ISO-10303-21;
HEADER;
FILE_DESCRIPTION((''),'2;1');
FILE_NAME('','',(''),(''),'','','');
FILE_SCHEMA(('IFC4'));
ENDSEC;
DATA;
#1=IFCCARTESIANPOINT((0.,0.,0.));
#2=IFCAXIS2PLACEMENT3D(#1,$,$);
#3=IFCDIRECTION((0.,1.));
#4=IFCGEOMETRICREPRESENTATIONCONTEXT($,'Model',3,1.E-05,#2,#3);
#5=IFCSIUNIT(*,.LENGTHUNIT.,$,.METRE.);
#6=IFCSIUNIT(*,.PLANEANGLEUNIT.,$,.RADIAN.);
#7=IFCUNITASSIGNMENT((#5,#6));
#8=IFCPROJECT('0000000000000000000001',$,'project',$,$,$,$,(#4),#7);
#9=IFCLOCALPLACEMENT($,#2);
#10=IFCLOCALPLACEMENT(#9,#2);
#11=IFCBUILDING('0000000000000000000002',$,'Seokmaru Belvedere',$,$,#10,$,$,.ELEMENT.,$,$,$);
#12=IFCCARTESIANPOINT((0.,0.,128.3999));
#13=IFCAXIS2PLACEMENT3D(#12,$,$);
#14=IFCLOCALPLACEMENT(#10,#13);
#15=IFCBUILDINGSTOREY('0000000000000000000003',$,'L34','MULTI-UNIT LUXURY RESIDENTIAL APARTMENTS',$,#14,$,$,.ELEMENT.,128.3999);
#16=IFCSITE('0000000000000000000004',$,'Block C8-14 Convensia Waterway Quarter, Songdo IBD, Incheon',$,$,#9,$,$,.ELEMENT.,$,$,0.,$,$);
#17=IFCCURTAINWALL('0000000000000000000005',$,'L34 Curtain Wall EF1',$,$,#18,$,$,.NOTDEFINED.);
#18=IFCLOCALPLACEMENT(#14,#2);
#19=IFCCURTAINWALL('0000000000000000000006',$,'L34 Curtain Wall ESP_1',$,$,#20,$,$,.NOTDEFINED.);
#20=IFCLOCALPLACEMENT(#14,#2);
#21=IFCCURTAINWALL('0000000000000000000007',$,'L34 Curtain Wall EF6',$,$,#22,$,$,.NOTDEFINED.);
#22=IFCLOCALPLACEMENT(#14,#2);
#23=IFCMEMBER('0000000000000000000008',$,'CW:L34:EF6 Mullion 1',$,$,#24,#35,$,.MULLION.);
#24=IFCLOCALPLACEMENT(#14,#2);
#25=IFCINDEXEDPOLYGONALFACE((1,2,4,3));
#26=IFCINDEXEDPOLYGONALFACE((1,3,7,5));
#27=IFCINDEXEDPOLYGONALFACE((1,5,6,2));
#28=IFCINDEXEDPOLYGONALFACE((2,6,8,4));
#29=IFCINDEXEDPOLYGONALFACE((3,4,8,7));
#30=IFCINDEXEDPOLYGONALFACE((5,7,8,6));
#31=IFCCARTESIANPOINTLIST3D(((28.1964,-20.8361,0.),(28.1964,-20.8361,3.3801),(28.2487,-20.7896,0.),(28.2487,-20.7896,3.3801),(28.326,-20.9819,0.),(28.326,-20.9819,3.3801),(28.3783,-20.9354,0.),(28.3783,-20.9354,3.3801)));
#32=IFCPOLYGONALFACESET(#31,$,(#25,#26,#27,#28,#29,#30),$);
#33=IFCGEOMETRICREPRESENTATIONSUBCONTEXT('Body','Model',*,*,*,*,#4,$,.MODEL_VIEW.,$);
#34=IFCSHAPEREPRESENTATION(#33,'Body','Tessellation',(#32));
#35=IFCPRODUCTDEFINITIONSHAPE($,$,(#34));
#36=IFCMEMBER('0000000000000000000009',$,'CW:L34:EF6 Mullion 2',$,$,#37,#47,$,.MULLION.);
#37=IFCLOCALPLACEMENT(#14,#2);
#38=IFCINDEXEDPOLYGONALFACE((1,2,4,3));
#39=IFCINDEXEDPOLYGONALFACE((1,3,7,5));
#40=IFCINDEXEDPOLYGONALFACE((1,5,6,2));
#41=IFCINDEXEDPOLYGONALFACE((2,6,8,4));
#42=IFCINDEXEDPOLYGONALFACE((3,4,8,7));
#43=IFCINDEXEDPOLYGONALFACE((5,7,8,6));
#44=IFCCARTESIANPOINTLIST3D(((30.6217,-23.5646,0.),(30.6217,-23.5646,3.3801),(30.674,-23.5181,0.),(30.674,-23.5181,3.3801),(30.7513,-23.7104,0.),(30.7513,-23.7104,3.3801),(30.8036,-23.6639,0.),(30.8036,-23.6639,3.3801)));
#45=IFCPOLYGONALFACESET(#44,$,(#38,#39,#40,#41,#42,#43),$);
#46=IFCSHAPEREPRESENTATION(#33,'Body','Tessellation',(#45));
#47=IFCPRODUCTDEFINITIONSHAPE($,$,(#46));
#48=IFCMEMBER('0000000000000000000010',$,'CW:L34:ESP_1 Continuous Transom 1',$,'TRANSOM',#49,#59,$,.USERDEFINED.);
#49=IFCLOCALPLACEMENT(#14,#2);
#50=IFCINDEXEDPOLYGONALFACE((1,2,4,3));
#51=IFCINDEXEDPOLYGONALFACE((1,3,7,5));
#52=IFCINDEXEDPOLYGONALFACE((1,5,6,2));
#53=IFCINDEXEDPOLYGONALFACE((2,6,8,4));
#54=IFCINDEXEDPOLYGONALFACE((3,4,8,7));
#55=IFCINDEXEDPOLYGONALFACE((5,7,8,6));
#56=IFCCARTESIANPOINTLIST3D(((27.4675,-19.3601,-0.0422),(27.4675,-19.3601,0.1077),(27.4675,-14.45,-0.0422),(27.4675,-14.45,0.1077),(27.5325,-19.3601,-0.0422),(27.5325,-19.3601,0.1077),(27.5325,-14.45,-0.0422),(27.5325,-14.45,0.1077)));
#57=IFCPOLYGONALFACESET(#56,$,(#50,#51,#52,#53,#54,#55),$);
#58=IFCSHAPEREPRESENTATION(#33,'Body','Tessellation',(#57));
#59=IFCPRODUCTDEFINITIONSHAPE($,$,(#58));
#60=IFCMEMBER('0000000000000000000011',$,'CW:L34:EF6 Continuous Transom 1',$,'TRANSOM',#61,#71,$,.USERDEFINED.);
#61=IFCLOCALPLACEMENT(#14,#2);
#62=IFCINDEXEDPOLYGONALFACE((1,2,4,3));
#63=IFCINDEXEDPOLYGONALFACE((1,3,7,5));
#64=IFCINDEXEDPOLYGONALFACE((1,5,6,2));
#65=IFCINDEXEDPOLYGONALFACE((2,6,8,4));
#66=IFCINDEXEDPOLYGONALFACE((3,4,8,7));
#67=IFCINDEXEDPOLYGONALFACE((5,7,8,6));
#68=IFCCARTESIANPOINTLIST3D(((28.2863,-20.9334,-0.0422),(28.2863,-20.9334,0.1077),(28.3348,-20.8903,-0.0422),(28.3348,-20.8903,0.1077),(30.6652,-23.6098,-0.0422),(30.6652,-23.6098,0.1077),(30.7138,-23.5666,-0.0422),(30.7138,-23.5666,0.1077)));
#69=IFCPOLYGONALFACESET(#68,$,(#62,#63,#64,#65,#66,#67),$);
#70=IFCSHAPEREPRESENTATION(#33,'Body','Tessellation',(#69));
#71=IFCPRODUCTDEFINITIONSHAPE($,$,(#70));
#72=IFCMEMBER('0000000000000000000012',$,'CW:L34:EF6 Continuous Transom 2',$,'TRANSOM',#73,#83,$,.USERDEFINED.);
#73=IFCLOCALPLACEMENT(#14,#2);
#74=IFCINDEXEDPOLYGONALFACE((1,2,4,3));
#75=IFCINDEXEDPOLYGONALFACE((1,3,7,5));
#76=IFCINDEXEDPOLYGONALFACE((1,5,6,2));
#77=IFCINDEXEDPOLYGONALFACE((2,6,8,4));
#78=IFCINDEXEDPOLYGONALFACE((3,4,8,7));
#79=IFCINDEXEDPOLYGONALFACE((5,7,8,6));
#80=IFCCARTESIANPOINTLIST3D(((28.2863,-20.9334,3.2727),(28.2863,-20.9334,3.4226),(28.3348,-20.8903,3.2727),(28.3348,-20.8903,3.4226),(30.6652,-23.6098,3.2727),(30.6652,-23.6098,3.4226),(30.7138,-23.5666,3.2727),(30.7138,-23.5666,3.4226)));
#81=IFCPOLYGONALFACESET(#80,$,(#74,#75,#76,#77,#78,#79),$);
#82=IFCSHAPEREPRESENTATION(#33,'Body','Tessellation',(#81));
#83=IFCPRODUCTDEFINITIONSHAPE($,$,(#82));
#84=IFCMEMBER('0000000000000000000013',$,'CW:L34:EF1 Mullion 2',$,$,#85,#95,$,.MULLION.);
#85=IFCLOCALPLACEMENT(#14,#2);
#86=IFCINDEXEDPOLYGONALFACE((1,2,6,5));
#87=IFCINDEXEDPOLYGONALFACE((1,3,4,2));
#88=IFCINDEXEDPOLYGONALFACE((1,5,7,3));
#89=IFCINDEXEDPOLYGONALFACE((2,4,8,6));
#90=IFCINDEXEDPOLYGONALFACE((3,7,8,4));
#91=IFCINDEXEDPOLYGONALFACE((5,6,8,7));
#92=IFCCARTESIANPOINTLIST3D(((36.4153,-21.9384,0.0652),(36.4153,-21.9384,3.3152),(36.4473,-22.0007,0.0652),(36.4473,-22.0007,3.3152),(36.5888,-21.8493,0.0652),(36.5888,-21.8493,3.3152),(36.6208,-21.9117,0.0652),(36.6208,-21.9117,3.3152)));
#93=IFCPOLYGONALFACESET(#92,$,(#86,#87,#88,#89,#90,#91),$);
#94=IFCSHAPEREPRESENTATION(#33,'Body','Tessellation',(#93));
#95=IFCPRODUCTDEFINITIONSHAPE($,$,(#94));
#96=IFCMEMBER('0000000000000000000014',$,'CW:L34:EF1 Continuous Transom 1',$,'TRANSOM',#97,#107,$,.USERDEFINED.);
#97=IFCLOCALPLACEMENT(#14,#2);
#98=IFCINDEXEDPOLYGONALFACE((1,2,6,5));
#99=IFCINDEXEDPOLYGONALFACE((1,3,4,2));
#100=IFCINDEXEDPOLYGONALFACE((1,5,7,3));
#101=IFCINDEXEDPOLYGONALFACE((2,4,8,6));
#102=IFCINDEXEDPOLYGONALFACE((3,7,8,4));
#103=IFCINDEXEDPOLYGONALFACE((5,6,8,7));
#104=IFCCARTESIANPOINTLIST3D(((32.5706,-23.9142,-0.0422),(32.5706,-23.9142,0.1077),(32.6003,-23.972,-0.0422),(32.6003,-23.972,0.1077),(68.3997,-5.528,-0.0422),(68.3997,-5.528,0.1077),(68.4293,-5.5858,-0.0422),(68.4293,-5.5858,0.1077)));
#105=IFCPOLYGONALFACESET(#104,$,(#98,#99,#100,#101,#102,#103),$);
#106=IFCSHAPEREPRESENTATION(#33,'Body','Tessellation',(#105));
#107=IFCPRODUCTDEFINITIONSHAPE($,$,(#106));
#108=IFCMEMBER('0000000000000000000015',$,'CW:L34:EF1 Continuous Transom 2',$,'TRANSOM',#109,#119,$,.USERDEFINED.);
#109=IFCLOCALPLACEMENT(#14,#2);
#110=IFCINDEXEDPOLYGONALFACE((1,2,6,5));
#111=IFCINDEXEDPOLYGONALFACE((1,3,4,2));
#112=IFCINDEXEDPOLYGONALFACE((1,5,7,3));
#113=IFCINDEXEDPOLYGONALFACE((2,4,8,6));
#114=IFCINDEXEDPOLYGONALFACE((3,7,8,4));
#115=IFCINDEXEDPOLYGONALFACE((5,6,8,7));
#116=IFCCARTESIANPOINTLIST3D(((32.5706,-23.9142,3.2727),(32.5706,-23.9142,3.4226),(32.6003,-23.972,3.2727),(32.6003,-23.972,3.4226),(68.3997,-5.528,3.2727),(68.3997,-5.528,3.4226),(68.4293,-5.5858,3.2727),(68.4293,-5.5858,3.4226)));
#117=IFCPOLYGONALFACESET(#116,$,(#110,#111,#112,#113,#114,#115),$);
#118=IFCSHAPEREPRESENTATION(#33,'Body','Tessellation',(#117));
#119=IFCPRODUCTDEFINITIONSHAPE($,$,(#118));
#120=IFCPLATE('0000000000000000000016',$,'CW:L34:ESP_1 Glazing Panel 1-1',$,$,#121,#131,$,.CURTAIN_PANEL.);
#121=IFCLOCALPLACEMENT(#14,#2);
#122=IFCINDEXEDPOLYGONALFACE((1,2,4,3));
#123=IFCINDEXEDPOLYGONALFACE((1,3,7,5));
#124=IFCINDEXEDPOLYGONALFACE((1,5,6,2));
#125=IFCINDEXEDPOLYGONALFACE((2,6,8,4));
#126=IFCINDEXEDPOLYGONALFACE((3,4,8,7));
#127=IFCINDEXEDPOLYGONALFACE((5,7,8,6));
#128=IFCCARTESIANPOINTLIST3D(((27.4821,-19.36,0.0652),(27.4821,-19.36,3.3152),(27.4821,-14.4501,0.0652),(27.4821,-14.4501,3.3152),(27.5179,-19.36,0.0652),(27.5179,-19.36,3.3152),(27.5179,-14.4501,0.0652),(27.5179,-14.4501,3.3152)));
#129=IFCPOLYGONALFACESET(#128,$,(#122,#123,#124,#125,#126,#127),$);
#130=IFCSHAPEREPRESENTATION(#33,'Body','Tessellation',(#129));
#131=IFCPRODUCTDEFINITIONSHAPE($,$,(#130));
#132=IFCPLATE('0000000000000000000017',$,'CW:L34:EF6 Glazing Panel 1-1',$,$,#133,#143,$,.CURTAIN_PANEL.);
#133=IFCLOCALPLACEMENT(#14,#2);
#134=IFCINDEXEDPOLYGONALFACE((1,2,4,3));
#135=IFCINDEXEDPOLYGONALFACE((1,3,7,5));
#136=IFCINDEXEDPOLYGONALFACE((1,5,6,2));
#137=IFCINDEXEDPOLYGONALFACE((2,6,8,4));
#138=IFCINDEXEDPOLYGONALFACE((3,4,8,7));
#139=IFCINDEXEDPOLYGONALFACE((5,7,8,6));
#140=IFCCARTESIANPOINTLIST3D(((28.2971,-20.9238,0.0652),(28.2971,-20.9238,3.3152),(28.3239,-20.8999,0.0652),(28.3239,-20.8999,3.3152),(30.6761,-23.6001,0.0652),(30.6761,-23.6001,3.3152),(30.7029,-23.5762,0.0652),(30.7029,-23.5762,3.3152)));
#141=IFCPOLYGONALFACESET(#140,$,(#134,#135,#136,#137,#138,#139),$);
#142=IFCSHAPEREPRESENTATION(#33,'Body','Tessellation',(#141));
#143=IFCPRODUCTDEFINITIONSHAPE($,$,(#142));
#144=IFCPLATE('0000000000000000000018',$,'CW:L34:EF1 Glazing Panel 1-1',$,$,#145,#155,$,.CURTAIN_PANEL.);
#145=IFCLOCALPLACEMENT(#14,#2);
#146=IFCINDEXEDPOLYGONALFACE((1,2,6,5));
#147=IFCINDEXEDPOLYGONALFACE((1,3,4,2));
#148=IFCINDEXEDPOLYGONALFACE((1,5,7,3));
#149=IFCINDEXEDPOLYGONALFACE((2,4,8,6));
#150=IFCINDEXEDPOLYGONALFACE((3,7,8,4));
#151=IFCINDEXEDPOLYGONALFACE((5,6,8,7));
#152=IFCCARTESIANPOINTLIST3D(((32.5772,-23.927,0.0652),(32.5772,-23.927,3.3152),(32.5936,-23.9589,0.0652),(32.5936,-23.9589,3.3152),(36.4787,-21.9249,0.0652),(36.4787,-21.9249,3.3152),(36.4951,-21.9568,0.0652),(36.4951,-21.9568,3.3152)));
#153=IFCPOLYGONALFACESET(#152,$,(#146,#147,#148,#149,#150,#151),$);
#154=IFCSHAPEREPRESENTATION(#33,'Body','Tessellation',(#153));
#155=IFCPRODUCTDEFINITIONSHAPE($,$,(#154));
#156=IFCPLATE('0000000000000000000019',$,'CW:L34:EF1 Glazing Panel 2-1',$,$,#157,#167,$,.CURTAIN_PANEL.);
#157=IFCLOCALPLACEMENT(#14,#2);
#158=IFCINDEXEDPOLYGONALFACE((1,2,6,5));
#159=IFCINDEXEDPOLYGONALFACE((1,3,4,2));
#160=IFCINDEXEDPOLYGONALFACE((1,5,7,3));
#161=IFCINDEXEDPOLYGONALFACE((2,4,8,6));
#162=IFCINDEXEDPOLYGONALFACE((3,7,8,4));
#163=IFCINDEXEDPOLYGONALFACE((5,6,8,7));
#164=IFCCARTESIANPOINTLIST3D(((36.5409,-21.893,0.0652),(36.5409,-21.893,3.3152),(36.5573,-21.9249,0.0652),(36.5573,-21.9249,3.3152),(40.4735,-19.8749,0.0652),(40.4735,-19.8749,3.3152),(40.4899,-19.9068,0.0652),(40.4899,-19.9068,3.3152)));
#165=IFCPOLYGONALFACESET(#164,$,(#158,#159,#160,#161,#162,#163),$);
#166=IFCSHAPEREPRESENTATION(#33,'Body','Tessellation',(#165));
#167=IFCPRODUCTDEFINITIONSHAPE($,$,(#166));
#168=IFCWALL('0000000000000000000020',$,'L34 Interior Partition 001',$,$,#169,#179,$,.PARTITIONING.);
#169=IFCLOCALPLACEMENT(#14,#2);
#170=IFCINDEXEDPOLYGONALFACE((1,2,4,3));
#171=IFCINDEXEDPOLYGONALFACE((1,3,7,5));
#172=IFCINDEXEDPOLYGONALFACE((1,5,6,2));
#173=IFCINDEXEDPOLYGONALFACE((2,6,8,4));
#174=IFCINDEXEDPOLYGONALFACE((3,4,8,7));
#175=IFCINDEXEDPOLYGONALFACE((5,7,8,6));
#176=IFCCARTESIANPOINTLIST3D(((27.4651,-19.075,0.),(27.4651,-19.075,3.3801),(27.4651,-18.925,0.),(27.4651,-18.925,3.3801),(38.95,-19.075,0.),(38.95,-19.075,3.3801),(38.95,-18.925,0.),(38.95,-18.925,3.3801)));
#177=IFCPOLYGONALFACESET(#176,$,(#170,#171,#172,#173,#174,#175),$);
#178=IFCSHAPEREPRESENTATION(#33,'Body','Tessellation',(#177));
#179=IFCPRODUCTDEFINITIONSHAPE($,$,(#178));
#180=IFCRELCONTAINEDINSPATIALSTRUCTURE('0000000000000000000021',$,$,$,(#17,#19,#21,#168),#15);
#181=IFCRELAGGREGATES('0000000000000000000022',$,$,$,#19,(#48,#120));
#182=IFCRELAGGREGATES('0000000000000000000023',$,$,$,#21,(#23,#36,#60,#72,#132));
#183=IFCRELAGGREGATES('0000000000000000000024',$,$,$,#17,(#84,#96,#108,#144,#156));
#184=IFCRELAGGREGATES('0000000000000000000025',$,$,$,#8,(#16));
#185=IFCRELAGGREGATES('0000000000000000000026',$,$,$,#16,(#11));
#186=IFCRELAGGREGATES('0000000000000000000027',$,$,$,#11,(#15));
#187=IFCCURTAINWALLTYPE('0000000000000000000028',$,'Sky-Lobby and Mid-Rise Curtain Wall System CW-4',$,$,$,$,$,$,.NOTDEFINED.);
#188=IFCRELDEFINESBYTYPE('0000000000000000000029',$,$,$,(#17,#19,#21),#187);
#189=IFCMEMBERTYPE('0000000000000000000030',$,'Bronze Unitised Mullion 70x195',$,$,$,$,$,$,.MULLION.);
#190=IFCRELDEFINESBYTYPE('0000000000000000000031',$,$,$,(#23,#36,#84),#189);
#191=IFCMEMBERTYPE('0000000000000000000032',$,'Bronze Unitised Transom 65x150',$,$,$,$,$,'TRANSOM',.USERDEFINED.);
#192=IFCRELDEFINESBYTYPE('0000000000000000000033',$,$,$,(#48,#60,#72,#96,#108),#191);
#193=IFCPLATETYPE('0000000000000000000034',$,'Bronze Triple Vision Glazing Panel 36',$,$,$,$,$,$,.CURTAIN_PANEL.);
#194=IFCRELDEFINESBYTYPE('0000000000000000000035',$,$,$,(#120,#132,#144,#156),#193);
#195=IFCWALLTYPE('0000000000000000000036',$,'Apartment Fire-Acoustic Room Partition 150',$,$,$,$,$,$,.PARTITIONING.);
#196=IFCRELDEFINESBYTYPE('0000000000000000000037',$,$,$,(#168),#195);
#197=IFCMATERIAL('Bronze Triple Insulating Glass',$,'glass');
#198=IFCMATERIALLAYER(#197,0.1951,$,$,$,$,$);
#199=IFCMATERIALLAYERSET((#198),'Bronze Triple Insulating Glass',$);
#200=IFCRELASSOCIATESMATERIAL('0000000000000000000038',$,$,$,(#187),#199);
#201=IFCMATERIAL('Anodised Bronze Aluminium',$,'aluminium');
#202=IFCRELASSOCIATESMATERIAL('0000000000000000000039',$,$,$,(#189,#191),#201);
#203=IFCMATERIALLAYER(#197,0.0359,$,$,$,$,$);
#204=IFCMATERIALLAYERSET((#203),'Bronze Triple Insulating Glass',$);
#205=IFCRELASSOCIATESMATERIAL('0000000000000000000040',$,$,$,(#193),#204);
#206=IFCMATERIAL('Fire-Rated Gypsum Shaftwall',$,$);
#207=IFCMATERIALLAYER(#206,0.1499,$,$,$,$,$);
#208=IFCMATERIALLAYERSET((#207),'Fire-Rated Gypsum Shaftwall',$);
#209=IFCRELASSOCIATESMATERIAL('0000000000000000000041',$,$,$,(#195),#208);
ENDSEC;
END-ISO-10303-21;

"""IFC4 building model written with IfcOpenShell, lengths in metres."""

from ifc_helpers import new_model, si_unit, direction, frame, frame_2d, origin, origin_2d, place, context, subcontext, project, spatial, rectangle, extrude, source, transform, mapped, material, layer, layer_set, material_profile, profile_set, type_object, type_shapes, element, aggregate, save


model = new_model("IFC4")

# Units and contexts
model_context = context("Model", 3, precision=1e-05, world=origin(), true_north=direction((0.0, 1.0)))
body_context = subcontext(model_context, "Body", "Model", "MODEL_VIEW")
ifc_project = project(units=[si_unit("LENGTHUNIT", "METRE"), si_unit("PLANEANGLEUNIT", "RADIAN")], contexts=[model_context])

# Site, building, storey
site_placement = place(None, origin())
site = spatial("IfcSite", under=ifc_project, at=site_placement, Name="Block C8-14 Convensia Waterway Quarter, Songdo IBD, Incheon", CompositionType="ELEMENT", RefElevation=0.0)
building_placement = place(site_placement, origin())
building = spatial("IfcBuilding", under=site, at=building_placement, Name="Seokmaru Belvedere", CompositionType="ELEMENT")
storey_placement = place(building_placement, frame((0.0, 0.0, 128.3999)))
storey = spatial("IfcBuildingStorey", under=building, at=storey_placement, Name="L34", Description="MULTI-UNIT LUXURY RESIDENTIAL APARTMENTS", CompositionType="ELEMENT", Elevation=128.3999)

# Curtain walls
ifc_material_1 = material(Name="Bronze Triple Insulating Glass", Category="glass")
ifc_layer_1 = layer(ifc_material_1, 0.1951)
ifc_layer_set_1 = layer_set([ifc_layer_1], Name="Bronze Triple Insulating Glass")
curtain_wall_type = type_object("IfcCurtainWallType", Name="Sky-Lobby and Mid-Rise Curtain Wall System CW-4", PredefinedType="NOTDEFINED", material=ifc_layer_set_1)
curtain_wall_1_placement = place(storey_placement, origin())
curtain_wall_1 = element("IfcCurtainWall", 1, at=curtain_wall_1_placement, inside=storey, type_object=curtain_wall_type, Name="L34 Curtain Wall EF1", PredefinedType="NOTDEFINED")
ifc_material_2 = material(Name="Anodised Bronze Aluminium", Category="aluminium")
ifc_material_profile_1 = material_profile(ifc_material_2, rectangle(XDim=0.0701, YDim=0.1951, at=origin_2d()), Name="CW-M-70x195")
ifc_profile_set_1 = profile_set([ifc_material_profile_1], Name="Anodised Bronze Aluminium")
member_type_1 = type_object("IfcMemberType", Name="Bronze Unitised Mullion 70x195", PredefinedType="MULLION", material=ifc_profile_set_1)
shared_shape_1 = source(origin(), body_context, "Body", "SweptSolid", [
    extrude(rectangle(XDim=0.0701, YDim=0.1951, at=origin_2d()), origin(), (0.0, 0.0, 1.0), 3.3801),
])
curtain_wall_2_placement = place(storey_placement, origin())
curtain_wall_2 = element("IfcCurtainWall", 2, at=curtain_wall_2_placement, inside=storey, type_object=curtain_wall_type, Name="L34 Curtain Wall ESP_1", PredefinedType="NOTDEFINED")

# Curtain wall, members
curtain_wall_3_placement = place(storey_placement, origin())
curtain_wall_3 = element("IfcCurtainWall", 3, at=curtain_wall_3_placement, inside=storey, type_object=curtain_wall_type, Name="L34 Curtain Wall EF6", PredefinedType="NOTDEFINED")
member_1_placement = place(storey_placement, frame((28.2874, -20.8857, 0.0), z_axis=(0.0, 0.0, 1.0), x_axis=(0.74741, 0.664363, 0.0)))
member_1 = element("IfcMember", 4, at=member_1_placement, type_object=member_type_1, Name="CW:L34:EF6 Mullion 1", PredefinedType="MULLION", context=body_context, shape_type="MappedRepresentation", body=[
    mapped(shared_shape_1, transform((0.0, 0.0, 0.0), scale=1.0)),
])
member_2_placement = place(storey_placement, frame((30.7126, -23.6143, 0.0), z_axis=(0.0, 0.0, 1.0), x_axis=(0.74741, 0.664363, 0.0)))
member_2 = element("IfcMember", 5, at=member_2_placement, type_object=member_type_1, Name="CW:L34:EF6 Mullion 2", PredefinedType="MULLION", context=body_context, shape_type="MappedRepresentation", body=[
    mapped(shared_shape_1, transform((0.0, 0.0, 0.0), scale=1.0)),
])

# Members
ifc_material_profile_2 = material_profile(ifc_material_2, rectangle(XDim=0.0649, YDim=0.1499, at=origin_2d()), Name="CW-T-65x150")
ifc_profile_set_2 = profile_set([ifc_material_profile_2], Name="Anodised Bronze Aluminium")
member_type_2 = type_object("IfcMemberType", Name="Bronze Unitised Transom 65x150", ElementType="TRANSOM", PredefinedType="USERDEFINED", material=ifc_profile_set_2)
shared_shape_2 = source(origin(), body_context, "Body", "SweptSolid", [
    extrude(rectangle(XDim=0.0649, YDim=0.1499, at=origin_2d()), origin(), (0.0, 0.0, 1.0), 4.9102),
])
member_3_placement = place(storey_placement, frame((27.5, -14.45, 0.0327), z_axis=(0.0, -1.0, 0.0), x_axis=(1.0, 0.0, 0.0)))
member_3 = element("IfcMember", 6, at=member_3_placement, type_object=member_type_2, Name="CW:L34:ESP_1 Continuous Transom 1", ObjectType="TRANSOM", PredefinedType="USERDEFINED", context=body_context, shape_type="MappedRepresentation", body=[
    mapped(shared_shape_2, transform((0.0, 0.0, 0.0), scale=1.0)),
])
shared_shape_3 = source(origin(), body_context, "Body", "SweptSolid", [
    extrude(rectangle(XDim=0.0649, YDim=0.1499, at=origin_2d()), origin(), (0.0, 0.0, 1.0), 3.5808),
])
member_4_placement = place(storey_placement, frame((28.3105, -20.9119, 0.0327), z_axis=(0.664364, -0.747409, 0.0), x_axis=(0.747409, 0.664364, 0.0)))
member_4 = element("IfcMember", 7, at=member_4_placement, type_object=member_type_2, Name="CW:L34:EF6 Continuous Transom 1", ObjectType="TRANSOM", PredefinedType="USERDEFINED", context=body_context, shape_type="MappedRepresentation", body=[
    mapped(shared_shape_3, transform((0.0, 0.0, 0.0), scale=1.0)),
])
member_5_placement = place(storey_placement, frame((28.3105, -20.9119, 3.3477), z_axis=(0.664364, -0.747409, 0.0), x_axis=(0.747409, 0.664364, 0.0)))
member_5 = element("IfcMember", 8, at=member_5_placement, type_object=member_type_2, Name="CW:L34:EF6 Continuous Transom 2", ObjectType="TRANSOM", PredefinedType="USERDEFINED", context=body_context, shape_type="MappedRepresentation", body=[
    mapped(shared_shape_3, transform((0.0, 0.0, 0.0), scale=1.0)),
])
shared_shape_4 = source(origin(), body_context, "Body", "SweptSolid", [
    extrude(rectangle(XDim=0.0701, YDim=0.1951, at=origin_2d()), origin(), (0.0, 0.0, 1.0), 3.25),
])
type_shapes(member_type_1, [shared_shape_1, shared_shape_4])
member_6_placement = place(storey_placement, frame((36.5181, -21.925, 0.0652), z_axis=(0.0, 0.0, 1.0), x_axis=(-0.456555, 0.889695, 0.0)))
member_6 = element("IfcMember", 9, at=member_6_placement, type_object=member_type_1, Name="CW:L34:EF1 Mullion 2", PredefinedType="MULLION", context=body_context, shape_type="MappedRepresentation", body=[
    mapped(shared_shape_4, transform((0.0, 0.0, 0.0), scale=1.0)),
])
shared_shape_5 = source(origin(), body_context, "Body", "SweptSolid", [
    extrude(rectangle(XDim=0.0649, YDim=0.1499, at=origin_2d()), origin(), (0.0, 0.0, 1.0), 40.2712),
])
type_shapes(member_type_2, [shared_shape_2, shared_shape_3, shared_shape_5])
member_7_placement = place(storey_placement, frame((32.5854, -23.9431, 0.0327), z_axis=(0.889693, 0.456559, 0.0), x_axis=(-0.456559, 0.889693, 0.0)))
member_7 = element("IfcMember", 10, at=member_7_placement, type_object=member_type_2, Name="CW:L34:EF1 Continuous Transom 1", ObjectType="TRANSOM", PredefinedType="USERDEFINED", context=body_context, shape_type="MappedRepresentation", body=[
    mapped(shared_shape_5, transform((0.0, 0.0, 0.0), scale=1.0)),
])
member_8_placement = place(storey_placement, frame((32.5854, -23.9431, 3.3477), z_axis=(0.889693, 0.456559, 0.0), x_axis=(-0.456559, 0.889693, 0.0)))
member_8 = element("IfcMember", 11, at=member_8_placement, type_object=member_type_2, Name="CW:L34:EF1 Continuous Transom 2", ObjectType="TRANSOM", PredefinedType="USERDEFINED", context=body_context, shape_type="MappedRepresentation", body=[
    mapped(shared_shape_5, transform((0.0, 0.0, 0.0), scale=1.0)),
])

# Plates
ifc_layer_2 = layer(ifc_material_1, 0.0359)
ifc_layer_set_2 = layer_set([ifc_layer_2], Name="Bronze Triple Insulating Glass")
plate_type = type_object("IfcPlateType", Name="Bronze Triple Vision Glazing Panel 36", PredefinedType="CURTAIN_PANEL", material=ifc_layer_set_2)
shared_shape_6 = source(origin(), body_context, "Body", "SweptSolid", [
    extrude(rectangle(XDim=4.9099, YDim=0.0359, at=origin_2d()), origin(), (0.0, 0.0, 1.0), 3.25),
])
plate_1_placement = place(storey_placement, frame((27.5, -16.905, 0.0652), z_axis=(0.0, 0.0, 1.0), x_axis=(0.0, -1.0, 0.0)))
plate_1 = element("IfcPlate", 12, at=plate_1_placement, type_object=plate_type, Name="CW:L34:ESP_1 Glazing Panel 1-1", PredefinedType="CURTAIN_PANEL", context=body_context, shape_type="MappedRepresentation", body=[
    mapped(shared_shape_6, transform((0.0, 0.0, 0.0), scale=1.0)),
])
aggregate(curtain_wall_2, [member_3, plate_1])
shared_shape_7 = source(origin(), body_context, "Body", "SweptSolid", [
    extrude(rectangle(XDim=3.5808, YDim=0.0359, at=origin_2d()), origin(), (0.0, 0.0, 1.0), 3.25),
])
plate_2_placement = place(storey_placement, frame((29.5, -22.25, 0.0652), z_axis=(0.0, 0.0, 1.0), x_axis=(0.664363, -0.74741, 0.0)))
plate_2 = element("IfcPlate", 13, at=plate_2_placement, type_object=plate_type, Name="CW:L34:EF6 Glazing Panel 1-1", PredefinedType="CURTAIN_PANEL", context=body_context, shape_type="MappedRepresentation", body=[
    mapped(shared_shape_7, transform((0.0, 0.0, 0.0), scale=1.0)),
])
aggregate(curtain_wall_3, [member_1, member_2, member_4, member_5, plate_2])
shared_shape_8 = source(origin(), body_context, "Body", "SweptSolid", [
    extrude(rectangle(XDim=4.3853, YDim=0.0359, at=origin_2d()), origin(), (0.0, 0.0, 1.0), 3.25),
])
plate_3_placement = place(storey_placement, frame((34.5361, -22.9419, 0.0652), z_axis=(0.0, 0.0, 1.0), x_axis=(0.889695, 0.456555, 0.0)))
plate_3 = element("IfcPlate", 14, at=plate_3_placement, type_object=plate_type, Name="CW:L34:EF1 Glazing Panel 1-1", PredefinedType="CURTAIN_PANEL", context=body_context, shape_type="MappedRepresentation", body=[
    mapped(shared_shape_8, transform((0.0, 0.0, 0.0), scale=1.0)),
])
shared_shape_9 = source(origin(), body_context, "Body", "SweptSolid", [
    extrude(rectangle(XDim=4.4202, YDim=0.0359, at=origin_2d()), origin(), (0.0, 0.0, 1.0), 3.25),
])
type_shapes(plate_type, [shared_shape_6, shared_shape_7, shared_shape_8, shared_shape_9])
plate_4_placement = place(storey_placement, frame((38.5154, -20.8999, 0.0652), z_axis=(0.0, 0.0, 1.0), x_axis=(0.889695, 0.456555, 0.0)))
plate_4 = element("IfcPlate", 15, at=plate_4_placement, type_object=plate_type, Name="CW:L34:EF1 Glazing Panel 2-1", PredefinedType="CURTAIN_PANEL", context=body_context, shape_type="MappedRepresentation", body=[
    mapped(shared_shape_9, transform((0.0, 0.0, 0.0), scale=1.0)),
])
aggregate(curtain_wall_1, [member_6, member_7, member_8, plate_3, plate_4])

# Wall
ifc_material_3 = material(Name="Fire-Rated Gypsum Shaftwall")
ifc_layer_3 = layer(ifc_material_3, 0.1499)
ifc_layer_set_3 = layer_set([ifc_layer_3], Name="Fire-Rated Gypsum Shaftwall")
wall_type_1 = type_object("IfcWallType", Name="Apartment Fire-Acoustic Room Partition 150", PredefinedType="PARTITIONING", material=ifc_layer_set_3)
wall_1_placement = place(storey_placement, frame((27.4651, -19.0, 0.0), z_axis=(0.0, 0.0, 1.0), x_axis=(1.0, 0.0, 0.0)))
element("IfcWall", 16, at=wall_1_placement, inside=storey, type_object=wall_type_1, Name="L34 Interior Partition 001", PredefinedType="PARTITIONING", context=body_context, shape_type="SweptSolid", body=[
    extrude(rectangle(XDim=11.4849, YDim=0.1499, at=frame_2d((5.7424, 0.0))), origin(), (0.0, 0.0, 1.0), 3.3801),
])

save(model, "model.ifc")
